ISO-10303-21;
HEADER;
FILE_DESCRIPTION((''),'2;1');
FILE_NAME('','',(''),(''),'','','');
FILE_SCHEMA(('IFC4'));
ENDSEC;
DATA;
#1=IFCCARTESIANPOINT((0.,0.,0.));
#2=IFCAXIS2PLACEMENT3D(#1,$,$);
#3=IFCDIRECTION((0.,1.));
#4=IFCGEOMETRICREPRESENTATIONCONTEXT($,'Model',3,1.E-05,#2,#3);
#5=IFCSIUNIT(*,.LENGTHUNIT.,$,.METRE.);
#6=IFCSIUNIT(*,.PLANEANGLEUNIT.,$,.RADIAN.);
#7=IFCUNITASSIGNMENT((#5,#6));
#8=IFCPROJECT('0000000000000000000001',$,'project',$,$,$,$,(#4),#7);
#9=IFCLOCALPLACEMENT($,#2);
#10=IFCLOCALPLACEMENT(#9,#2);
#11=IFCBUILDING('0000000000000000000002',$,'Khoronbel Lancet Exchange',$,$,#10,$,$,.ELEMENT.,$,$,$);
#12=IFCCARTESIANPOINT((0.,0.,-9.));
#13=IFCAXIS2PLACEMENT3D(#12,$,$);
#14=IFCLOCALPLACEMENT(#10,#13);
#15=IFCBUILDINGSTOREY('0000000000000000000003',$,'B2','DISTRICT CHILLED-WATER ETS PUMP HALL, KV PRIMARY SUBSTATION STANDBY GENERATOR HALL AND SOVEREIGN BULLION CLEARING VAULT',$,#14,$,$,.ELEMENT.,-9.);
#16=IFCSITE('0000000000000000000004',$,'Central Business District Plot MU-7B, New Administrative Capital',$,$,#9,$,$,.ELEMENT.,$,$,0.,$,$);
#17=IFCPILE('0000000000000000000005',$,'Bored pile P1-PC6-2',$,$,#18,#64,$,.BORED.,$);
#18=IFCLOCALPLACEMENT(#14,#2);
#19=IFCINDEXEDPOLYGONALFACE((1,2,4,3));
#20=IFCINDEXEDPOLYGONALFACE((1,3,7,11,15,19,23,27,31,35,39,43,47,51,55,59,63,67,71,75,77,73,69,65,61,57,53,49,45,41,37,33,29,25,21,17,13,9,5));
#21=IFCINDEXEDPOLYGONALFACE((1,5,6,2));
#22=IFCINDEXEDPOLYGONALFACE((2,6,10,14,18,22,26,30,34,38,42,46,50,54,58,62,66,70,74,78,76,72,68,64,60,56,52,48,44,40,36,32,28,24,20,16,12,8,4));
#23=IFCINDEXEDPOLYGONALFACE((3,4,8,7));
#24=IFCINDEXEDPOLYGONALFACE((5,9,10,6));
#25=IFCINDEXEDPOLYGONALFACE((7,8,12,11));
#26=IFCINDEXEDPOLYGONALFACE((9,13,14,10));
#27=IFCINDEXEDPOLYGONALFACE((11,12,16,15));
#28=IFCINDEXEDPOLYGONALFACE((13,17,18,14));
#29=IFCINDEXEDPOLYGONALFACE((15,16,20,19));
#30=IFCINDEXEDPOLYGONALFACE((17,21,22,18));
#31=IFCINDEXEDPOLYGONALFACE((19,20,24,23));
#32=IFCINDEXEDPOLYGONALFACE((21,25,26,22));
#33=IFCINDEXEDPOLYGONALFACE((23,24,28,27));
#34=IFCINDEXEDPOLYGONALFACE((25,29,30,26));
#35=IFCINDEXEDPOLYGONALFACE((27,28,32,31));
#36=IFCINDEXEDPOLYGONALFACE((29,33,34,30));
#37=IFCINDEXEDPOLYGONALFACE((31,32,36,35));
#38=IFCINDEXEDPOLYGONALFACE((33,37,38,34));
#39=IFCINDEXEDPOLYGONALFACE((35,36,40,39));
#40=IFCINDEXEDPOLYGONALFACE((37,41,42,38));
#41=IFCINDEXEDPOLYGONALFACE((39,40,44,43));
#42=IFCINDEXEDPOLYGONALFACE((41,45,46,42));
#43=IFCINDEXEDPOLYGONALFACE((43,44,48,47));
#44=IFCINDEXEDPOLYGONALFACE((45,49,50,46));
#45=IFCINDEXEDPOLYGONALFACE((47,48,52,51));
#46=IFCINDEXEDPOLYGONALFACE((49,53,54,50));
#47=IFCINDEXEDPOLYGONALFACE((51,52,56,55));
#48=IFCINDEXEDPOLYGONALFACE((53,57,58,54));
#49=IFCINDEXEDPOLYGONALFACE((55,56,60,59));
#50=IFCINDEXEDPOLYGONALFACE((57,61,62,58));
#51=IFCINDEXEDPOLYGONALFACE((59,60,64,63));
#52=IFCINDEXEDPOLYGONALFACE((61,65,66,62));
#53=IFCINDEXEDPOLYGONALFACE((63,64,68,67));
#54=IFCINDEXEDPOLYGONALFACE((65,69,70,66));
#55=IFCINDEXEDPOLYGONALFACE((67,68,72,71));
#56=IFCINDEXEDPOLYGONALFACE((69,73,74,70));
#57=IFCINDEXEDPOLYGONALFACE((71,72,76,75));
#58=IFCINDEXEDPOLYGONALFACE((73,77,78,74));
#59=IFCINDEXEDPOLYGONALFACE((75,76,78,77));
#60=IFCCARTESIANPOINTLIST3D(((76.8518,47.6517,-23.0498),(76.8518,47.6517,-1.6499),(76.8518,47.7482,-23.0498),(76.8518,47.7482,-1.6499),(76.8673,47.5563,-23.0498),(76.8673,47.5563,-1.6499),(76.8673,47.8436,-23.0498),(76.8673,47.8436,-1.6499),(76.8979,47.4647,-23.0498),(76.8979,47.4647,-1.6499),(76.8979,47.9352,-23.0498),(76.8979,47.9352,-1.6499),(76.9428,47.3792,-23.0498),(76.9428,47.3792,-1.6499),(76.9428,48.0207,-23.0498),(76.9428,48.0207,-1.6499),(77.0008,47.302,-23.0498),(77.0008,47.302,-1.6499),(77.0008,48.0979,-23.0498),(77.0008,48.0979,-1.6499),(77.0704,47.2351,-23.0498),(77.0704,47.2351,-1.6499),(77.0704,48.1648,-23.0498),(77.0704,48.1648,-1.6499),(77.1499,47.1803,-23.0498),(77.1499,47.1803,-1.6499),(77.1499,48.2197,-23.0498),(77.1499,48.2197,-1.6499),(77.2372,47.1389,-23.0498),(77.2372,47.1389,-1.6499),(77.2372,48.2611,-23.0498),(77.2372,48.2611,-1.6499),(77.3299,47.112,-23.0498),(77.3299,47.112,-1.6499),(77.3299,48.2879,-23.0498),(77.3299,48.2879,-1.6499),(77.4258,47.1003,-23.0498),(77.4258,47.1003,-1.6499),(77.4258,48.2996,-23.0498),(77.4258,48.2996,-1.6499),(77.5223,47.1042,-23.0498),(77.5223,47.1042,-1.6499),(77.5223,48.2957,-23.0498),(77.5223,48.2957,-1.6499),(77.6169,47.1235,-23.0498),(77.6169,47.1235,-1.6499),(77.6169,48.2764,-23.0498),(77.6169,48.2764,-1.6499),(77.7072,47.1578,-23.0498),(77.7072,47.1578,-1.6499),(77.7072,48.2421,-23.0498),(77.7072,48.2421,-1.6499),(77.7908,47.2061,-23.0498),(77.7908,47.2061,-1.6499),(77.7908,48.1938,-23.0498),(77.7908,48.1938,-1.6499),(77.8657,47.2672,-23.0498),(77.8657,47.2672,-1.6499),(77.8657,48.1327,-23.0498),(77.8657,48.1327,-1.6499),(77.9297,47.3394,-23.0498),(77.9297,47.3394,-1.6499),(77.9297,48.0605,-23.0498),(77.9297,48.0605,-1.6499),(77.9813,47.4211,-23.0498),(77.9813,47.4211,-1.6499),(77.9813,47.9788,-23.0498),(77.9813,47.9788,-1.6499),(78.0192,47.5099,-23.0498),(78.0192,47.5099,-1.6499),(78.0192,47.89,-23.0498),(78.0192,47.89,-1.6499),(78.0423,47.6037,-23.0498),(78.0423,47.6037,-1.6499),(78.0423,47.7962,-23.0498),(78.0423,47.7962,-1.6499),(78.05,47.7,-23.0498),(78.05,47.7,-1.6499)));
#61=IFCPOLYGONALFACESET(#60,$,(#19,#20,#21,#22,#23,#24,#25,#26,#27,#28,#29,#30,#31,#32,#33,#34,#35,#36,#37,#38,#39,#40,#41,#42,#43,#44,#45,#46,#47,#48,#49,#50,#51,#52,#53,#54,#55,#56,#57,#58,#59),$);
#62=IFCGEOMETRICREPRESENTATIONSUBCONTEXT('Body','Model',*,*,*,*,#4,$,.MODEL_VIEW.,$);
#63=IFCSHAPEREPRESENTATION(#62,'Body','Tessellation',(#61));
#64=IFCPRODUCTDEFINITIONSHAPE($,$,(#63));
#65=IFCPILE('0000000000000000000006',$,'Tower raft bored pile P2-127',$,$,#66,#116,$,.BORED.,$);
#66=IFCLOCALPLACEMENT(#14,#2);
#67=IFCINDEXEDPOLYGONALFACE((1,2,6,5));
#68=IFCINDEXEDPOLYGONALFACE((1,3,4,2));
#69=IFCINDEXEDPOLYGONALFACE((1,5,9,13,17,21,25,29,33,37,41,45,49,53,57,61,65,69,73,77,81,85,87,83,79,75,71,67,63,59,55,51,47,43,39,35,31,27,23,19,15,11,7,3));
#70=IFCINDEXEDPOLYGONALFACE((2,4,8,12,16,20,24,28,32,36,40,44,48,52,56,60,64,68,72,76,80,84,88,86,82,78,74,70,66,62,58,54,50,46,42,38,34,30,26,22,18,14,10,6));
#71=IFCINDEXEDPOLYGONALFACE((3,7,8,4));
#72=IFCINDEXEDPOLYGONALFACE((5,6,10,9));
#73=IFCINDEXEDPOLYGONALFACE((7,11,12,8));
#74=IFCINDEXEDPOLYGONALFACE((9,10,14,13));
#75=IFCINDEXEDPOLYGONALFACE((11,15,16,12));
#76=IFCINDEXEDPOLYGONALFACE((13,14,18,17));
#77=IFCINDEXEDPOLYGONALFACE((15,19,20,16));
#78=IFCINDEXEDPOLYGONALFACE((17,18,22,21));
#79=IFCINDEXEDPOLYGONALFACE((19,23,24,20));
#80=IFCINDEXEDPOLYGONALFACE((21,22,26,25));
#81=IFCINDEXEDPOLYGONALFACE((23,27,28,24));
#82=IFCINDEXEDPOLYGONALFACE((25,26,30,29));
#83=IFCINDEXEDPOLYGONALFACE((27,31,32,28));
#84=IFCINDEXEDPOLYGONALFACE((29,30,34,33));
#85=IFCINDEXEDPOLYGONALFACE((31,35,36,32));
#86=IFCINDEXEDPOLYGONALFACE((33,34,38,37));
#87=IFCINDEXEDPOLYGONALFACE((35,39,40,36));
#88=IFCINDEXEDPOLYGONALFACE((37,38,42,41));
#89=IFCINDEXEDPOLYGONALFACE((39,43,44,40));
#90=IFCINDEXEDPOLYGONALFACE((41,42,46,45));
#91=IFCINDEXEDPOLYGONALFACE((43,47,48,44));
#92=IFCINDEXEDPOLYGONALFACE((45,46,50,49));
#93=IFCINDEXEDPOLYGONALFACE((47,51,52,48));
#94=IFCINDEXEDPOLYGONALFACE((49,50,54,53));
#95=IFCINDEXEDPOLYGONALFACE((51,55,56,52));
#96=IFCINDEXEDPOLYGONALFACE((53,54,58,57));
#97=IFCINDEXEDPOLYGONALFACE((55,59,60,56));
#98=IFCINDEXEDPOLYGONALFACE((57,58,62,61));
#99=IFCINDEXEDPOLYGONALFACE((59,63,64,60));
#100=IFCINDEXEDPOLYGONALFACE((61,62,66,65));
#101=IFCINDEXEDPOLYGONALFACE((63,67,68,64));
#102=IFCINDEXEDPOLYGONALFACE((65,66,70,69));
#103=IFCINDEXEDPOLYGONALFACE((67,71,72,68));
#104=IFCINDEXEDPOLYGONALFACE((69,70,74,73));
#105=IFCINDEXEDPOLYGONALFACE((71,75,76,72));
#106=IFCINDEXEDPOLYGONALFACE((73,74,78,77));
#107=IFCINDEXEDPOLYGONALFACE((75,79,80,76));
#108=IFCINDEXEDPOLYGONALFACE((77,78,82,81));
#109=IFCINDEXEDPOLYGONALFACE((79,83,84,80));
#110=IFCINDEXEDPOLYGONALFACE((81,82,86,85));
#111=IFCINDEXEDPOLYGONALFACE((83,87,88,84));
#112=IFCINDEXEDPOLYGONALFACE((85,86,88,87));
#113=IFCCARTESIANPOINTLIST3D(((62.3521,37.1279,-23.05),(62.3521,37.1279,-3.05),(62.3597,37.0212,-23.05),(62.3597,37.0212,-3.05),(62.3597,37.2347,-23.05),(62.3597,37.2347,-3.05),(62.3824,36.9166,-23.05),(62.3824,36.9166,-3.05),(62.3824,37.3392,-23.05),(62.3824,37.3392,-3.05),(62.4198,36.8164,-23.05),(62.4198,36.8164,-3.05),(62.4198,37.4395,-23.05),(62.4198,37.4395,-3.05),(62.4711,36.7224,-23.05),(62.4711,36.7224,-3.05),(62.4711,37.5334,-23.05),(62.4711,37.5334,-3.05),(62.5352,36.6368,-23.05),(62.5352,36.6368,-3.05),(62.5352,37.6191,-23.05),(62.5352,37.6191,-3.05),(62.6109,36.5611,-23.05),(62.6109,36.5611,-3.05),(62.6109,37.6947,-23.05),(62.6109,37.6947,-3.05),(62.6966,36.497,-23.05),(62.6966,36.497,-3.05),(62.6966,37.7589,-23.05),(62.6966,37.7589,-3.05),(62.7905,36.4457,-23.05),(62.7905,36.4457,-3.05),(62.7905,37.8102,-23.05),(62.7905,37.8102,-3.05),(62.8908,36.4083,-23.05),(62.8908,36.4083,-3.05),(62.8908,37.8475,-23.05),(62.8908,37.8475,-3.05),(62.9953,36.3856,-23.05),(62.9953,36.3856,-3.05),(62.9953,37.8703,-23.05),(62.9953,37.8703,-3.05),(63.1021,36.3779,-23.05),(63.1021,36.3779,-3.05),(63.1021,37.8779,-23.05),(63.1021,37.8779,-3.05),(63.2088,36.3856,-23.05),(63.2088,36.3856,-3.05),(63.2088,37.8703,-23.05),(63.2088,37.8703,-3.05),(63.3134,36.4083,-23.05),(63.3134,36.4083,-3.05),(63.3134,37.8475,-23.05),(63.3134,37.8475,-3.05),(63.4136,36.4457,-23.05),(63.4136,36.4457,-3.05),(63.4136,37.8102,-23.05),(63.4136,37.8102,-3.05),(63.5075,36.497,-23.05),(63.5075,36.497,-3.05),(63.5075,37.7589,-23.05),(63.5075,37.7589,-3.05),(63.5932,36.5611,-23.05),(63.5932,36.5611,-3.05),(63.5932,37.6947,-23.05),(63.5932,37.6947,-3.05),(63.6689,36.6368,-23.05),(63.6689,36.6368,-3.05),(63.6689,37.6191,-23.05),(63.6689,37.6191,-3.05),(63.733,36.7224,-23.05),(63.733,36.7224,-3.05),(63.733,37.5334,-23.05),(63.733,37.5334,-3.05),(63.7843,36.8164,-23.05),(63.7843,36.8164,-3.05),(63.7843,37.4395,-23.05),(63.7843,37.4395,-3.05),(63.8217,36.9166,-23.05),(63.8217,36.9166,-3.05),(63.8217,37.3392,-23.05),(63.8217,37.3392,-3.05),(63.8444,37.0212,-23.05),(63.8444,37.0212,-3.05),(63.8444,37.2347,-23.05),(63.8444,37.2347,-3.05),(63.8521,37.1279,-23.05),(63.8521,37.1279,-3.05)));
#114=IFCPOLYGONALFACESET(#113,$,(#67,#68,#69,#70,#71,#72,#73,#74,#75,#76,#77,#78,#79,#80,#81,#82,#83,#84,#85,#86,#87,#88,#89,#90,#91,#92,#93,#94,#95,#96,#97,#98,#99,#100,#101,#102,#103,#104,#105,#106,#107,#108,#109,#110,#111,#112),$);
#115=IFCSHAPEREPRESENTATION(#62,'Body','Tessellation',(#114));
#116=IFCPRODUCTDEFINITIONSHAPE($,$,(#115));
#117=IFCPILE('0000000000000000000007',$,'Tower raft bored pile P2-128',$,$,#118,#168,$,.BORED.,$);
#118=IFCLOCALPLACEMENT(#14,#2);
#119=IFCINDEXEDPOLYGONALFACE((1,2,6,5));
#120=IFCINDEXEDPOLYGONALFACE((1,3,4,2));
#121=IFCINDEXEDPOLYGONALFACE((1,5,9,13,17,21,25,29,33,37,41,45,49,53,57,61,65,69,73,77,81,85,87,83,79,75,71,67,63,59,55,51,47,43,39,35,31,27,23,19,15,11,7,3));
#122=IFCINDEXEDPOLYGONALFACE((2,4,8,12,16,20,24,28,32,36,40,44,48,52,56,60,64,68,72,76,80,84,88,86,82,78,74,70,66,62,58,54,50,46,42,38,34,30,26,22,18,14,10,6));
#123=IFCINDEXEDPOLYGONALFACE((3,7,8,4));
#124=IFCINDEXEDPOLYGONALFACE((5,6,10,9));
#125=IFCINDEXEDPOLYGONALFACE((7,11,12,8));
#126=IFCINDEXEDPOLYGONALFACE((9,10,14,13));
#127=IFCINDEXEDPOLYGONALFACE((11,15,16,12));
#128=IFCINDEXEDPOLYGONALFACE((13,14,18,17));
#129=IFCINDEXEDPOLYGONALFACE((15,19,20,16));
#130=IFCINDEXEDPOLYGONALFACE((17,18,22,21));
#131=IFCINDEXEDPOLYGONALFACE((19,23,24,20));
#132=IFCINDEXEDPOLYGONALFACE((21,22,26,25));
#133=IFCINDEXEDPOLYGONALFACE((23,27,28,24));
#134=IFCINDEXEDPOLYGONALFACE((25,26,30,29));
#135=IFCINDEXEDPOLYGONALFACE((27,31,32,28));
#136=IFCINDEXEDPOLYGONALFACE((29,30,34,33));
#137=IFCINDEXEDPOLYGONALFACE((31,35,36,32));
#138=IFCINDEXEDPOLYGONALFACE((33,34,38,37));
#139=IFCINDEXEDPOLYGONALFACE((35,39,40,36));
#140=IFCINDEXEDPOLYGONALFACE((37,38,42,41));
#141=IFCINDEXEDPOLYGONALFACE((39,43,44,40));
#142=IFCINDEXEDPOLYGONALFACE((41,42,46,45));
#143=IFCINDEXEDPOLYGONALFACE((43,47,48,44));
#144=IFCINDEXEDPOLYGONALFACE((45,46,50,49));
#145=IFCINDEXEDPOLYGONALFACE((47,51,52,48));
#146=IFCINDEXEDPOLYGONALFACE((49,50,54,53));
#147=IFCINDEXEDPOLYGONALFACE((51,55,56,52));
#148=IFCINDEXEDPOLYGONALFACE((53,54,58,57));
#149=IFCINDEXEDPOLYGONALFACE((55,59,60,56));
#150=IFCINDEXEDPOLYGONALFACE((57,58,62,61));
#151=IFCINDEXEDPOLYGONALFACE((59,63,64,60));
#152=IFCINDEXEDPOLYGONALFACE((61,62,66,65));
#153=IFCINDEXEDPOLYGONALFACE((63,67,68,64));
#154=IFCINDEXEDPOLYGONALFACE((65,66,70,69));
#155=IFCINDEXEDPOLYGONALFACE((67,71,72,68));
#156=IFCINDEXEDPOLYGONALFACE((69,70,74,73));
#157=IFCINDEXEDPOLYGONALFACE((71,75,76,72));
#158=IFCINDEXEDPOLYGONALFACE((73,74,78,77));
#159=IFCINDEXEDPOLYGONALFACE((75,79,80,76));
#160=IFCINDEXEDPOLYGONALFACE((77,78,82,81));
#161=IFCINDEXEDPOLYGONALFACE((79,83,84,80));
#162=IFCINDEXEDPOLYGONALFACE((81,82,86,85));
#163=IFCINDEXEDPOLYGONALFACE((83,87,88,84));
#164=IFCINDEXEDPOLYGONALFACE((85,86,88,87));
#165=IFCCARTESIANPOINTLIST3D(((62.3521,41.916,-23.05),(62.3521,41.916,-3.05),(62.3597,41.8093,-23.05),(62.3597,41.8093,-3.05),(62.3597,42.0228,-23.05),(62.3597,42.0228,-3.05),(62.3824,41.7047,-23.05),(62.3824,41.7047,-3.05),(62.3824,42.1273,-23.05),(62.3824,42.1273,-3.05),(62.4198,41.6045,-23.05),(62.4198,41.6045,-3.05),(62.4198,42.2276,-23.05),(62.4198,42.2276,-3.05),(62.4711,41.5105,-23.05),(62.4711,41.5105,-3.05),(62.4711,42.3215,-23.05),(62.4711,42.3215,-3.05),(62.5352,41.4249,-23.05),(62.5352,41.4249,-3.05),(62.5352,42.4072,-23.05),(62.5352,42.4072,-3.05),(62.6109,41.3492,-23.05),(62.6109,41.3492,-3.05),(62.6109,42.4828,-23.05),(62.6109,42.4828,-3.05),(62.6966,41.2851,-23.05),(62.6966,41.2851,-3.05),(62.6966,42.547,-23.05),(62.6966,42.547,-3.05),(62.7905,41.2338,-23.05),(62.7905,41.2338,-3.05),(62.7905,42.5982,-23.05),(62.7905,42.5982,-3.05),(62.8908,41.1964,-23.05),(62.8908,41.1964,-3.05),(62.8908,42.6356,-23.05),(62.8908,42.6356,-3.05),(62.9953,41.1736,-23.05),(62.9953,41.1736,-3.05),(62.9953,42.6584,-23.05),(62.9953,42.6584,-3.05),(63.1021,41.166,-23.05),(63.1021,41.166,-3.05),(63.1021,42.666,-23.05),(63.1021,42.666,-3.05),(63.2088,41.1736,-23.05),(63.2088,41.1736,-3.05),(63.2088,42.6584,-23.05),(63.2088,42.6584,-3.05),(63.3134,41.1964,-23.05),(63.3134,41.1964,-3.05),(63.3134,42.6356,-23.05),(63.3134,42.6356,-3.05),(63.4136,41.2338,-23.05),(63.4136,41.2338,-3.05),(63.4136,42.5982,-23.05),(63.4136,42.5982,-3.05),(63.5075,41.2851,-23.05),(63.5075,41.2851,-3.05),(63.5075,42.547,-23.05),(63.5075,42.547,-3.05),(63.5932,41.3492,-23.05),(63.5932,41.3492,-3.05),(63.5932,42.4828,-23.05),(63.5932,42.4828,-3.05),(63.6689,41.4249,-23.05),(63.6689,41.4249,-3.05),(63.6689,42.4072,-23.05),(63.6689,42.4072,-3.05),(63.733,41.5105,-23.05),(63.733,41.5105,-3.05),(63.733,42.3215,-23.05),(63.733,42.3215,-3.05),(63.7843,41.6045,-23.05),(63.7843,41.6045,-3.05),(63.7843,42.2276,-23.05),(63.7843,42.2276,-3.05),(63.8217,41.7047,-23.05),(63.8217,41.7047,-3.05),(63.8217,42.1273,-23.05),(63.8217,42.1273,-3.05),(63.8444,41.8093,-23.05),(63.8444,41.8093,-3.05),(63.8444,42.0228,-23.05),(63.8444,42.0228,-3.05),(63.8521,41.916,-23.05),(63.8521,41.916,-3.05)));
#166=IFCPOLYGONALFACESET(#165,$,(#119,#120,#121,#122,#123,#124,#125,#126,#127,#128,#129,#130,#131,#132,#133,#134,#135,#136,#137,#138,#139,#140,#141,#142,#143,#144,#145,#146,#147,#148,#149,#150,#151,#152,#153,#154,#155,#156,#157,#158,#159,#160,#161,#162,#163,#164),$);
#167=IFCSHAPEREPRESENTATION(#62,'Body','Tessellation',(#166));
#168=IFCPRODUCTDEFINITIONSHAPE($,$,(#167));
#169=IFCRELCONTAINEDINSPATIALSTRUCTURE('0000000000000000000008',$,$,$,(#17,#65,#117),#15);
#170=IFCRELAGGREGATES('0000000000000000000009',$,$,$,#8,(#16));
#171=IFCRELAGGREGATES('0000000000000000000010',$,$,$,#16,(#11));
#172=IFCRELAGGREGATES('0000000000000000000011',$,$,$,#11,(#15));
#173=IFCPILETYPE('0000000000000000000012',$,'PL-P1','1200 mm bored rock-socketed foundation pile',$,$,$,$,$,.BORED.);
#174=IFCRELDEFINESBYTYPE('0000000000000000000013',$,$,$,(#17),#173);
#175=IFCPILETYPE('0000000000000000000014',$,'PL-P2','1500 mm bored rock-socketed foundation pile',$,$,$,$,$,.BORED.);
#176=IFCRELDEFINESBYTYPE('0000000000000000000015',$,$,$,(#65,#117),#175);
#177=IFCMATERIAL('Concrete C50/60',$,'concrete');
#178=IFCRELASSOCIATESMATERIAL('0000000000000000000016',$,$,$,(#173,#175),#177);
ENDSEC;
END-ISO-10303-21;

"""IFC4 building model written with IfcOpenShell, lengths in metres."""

from ifc_helpers import new_model, si_unit, direction, frame, origin, origin_2d, place, context, subcontext, project, spatial, circle, extrude, material, material_profile, profile_set, type_object, element, save


model = new_model("IFC4")

# Units and contexts
model_context = context("Model", 3, precision=1e-05, world=origin(), true_north=direction((0.0, 1.0)))
body_context = subcontext(model_context, "Body", "Model", "MODEL_VIEW")
ifc_project = project(units=[si_unit("LENGTHUNIT", "METRE"), si_unit("PLANEANGLEUNIT", "RADIAN")], contexts=[model_context])

# Site, building, storey
site_placement = place(None, origin())
site = spatial("IfcSite", under=ifc_project, at=site_placement, Name="Central Business District Plot MU-7B, New Administrative Capital", CompositionType="ELEMENT", RefElevation=0.0)
building_placement = place(site_placement, origin())
building = spatial("IfcBuilding", under=site, at=building_placement, Name="Khoronbel Lancet Exchange", CompositionType="ELEMENT")
storey_placement = place(building_placement, frame((0.0, 0.0, -9.0)))
storey = spatial("IfcBuildingStorey", under=building, at=storey_placement, Name="B2", Description="DISTRICT CHILLED-WATER ETS PUMP HALL, KV PRIMARY SUBSTATION STANDBY GENERATOR HALL AND SOVEREIGN BULLION CLEARING VAULT", CompositionType="ELEMENT", Elevation=-9.0)

# Shared definitions
ifc_material_1 = material(Name="Concrete C50/60", Category="concrete")

# Piles
ifc_material_profile_1 = material_profile(ifc_material_1, circle(Radius=0.6001, at=origin_2d()), Name="BORED PILE D1200")
ifc_profile_set_1 = profile_set([ifc_material_profile_1], Name="Concrete C50/60")
pile_type_1 = type_object("IfcPileType", Name="PL-P1", Description="1200 mm bored rock-socketed foundation pile", PredefinedType="BORED", material=ifc_profile_set_1)
for number, where, z_axis, x_axis, name in (
    (1, (77.45, 47.7, -1.6499), (0.0, 0.0, -1.0), (1.0, 0.0, 0.0), "Bored pile P1-PC6-2"),
):
    element("IfcPile", number, at=place(storey_placement, frame(where, z_axis=z_axis, x_axis=x_axis)), inside=storey, type_object=pile_type_1, Name=name, PredefinedType="BORED", context=body_context, shape_type="SweptSolid", body=[
        extrude(circle(Radius=0.6001, at=origin_2d()), origin(), (0.0, 0.0, 1.0), 21.3999),
    ])
ifc_material_profile_2 = material_profile(ifc_material_1, circle(Radius=0.75, at=origin_2d()), Name="BORED PILE D1500")
ifc_profile_set_2 = profile_set([ifc_material_profile_2], Name="Concrete C50/60")
pile_type_2 = type_object("IfcPileType", Name="PL-P2", Description="1500 mm bored rock-socketed foundation pile", PredefinedType="BORED", material=ifc_profile_set_2)
for number, where, z_axis, x_axis, name in (
    (2, (63.1021, 37.1279, -3.05), (0.0, 0.0, -1.0), (1.0, 0.0, 0.0), "Tower raft bored pile P2-127"),
    (3, (63.1021, 41.916, -3.05), (0.0, 0.0, -1.0), (1.0, 0.0, 0.0), "Tower raft bored pile P2-128"),
):
    element("IfcPile", number, at=place(storey_placement, frame(where, z_axis=z_axis, x_axis=x_axis)), inside=storey, type_object=pile_type_2, Name=name, PredefinedType="BORED", context=body_context, shape_type="SweptSolid", body=[
        extrude(circle(Radius=0.75, at=origin_2d()), origin(), (0.0, 0.0, 1.0), 20.0),
    ])

save(model, "model.ifc")
